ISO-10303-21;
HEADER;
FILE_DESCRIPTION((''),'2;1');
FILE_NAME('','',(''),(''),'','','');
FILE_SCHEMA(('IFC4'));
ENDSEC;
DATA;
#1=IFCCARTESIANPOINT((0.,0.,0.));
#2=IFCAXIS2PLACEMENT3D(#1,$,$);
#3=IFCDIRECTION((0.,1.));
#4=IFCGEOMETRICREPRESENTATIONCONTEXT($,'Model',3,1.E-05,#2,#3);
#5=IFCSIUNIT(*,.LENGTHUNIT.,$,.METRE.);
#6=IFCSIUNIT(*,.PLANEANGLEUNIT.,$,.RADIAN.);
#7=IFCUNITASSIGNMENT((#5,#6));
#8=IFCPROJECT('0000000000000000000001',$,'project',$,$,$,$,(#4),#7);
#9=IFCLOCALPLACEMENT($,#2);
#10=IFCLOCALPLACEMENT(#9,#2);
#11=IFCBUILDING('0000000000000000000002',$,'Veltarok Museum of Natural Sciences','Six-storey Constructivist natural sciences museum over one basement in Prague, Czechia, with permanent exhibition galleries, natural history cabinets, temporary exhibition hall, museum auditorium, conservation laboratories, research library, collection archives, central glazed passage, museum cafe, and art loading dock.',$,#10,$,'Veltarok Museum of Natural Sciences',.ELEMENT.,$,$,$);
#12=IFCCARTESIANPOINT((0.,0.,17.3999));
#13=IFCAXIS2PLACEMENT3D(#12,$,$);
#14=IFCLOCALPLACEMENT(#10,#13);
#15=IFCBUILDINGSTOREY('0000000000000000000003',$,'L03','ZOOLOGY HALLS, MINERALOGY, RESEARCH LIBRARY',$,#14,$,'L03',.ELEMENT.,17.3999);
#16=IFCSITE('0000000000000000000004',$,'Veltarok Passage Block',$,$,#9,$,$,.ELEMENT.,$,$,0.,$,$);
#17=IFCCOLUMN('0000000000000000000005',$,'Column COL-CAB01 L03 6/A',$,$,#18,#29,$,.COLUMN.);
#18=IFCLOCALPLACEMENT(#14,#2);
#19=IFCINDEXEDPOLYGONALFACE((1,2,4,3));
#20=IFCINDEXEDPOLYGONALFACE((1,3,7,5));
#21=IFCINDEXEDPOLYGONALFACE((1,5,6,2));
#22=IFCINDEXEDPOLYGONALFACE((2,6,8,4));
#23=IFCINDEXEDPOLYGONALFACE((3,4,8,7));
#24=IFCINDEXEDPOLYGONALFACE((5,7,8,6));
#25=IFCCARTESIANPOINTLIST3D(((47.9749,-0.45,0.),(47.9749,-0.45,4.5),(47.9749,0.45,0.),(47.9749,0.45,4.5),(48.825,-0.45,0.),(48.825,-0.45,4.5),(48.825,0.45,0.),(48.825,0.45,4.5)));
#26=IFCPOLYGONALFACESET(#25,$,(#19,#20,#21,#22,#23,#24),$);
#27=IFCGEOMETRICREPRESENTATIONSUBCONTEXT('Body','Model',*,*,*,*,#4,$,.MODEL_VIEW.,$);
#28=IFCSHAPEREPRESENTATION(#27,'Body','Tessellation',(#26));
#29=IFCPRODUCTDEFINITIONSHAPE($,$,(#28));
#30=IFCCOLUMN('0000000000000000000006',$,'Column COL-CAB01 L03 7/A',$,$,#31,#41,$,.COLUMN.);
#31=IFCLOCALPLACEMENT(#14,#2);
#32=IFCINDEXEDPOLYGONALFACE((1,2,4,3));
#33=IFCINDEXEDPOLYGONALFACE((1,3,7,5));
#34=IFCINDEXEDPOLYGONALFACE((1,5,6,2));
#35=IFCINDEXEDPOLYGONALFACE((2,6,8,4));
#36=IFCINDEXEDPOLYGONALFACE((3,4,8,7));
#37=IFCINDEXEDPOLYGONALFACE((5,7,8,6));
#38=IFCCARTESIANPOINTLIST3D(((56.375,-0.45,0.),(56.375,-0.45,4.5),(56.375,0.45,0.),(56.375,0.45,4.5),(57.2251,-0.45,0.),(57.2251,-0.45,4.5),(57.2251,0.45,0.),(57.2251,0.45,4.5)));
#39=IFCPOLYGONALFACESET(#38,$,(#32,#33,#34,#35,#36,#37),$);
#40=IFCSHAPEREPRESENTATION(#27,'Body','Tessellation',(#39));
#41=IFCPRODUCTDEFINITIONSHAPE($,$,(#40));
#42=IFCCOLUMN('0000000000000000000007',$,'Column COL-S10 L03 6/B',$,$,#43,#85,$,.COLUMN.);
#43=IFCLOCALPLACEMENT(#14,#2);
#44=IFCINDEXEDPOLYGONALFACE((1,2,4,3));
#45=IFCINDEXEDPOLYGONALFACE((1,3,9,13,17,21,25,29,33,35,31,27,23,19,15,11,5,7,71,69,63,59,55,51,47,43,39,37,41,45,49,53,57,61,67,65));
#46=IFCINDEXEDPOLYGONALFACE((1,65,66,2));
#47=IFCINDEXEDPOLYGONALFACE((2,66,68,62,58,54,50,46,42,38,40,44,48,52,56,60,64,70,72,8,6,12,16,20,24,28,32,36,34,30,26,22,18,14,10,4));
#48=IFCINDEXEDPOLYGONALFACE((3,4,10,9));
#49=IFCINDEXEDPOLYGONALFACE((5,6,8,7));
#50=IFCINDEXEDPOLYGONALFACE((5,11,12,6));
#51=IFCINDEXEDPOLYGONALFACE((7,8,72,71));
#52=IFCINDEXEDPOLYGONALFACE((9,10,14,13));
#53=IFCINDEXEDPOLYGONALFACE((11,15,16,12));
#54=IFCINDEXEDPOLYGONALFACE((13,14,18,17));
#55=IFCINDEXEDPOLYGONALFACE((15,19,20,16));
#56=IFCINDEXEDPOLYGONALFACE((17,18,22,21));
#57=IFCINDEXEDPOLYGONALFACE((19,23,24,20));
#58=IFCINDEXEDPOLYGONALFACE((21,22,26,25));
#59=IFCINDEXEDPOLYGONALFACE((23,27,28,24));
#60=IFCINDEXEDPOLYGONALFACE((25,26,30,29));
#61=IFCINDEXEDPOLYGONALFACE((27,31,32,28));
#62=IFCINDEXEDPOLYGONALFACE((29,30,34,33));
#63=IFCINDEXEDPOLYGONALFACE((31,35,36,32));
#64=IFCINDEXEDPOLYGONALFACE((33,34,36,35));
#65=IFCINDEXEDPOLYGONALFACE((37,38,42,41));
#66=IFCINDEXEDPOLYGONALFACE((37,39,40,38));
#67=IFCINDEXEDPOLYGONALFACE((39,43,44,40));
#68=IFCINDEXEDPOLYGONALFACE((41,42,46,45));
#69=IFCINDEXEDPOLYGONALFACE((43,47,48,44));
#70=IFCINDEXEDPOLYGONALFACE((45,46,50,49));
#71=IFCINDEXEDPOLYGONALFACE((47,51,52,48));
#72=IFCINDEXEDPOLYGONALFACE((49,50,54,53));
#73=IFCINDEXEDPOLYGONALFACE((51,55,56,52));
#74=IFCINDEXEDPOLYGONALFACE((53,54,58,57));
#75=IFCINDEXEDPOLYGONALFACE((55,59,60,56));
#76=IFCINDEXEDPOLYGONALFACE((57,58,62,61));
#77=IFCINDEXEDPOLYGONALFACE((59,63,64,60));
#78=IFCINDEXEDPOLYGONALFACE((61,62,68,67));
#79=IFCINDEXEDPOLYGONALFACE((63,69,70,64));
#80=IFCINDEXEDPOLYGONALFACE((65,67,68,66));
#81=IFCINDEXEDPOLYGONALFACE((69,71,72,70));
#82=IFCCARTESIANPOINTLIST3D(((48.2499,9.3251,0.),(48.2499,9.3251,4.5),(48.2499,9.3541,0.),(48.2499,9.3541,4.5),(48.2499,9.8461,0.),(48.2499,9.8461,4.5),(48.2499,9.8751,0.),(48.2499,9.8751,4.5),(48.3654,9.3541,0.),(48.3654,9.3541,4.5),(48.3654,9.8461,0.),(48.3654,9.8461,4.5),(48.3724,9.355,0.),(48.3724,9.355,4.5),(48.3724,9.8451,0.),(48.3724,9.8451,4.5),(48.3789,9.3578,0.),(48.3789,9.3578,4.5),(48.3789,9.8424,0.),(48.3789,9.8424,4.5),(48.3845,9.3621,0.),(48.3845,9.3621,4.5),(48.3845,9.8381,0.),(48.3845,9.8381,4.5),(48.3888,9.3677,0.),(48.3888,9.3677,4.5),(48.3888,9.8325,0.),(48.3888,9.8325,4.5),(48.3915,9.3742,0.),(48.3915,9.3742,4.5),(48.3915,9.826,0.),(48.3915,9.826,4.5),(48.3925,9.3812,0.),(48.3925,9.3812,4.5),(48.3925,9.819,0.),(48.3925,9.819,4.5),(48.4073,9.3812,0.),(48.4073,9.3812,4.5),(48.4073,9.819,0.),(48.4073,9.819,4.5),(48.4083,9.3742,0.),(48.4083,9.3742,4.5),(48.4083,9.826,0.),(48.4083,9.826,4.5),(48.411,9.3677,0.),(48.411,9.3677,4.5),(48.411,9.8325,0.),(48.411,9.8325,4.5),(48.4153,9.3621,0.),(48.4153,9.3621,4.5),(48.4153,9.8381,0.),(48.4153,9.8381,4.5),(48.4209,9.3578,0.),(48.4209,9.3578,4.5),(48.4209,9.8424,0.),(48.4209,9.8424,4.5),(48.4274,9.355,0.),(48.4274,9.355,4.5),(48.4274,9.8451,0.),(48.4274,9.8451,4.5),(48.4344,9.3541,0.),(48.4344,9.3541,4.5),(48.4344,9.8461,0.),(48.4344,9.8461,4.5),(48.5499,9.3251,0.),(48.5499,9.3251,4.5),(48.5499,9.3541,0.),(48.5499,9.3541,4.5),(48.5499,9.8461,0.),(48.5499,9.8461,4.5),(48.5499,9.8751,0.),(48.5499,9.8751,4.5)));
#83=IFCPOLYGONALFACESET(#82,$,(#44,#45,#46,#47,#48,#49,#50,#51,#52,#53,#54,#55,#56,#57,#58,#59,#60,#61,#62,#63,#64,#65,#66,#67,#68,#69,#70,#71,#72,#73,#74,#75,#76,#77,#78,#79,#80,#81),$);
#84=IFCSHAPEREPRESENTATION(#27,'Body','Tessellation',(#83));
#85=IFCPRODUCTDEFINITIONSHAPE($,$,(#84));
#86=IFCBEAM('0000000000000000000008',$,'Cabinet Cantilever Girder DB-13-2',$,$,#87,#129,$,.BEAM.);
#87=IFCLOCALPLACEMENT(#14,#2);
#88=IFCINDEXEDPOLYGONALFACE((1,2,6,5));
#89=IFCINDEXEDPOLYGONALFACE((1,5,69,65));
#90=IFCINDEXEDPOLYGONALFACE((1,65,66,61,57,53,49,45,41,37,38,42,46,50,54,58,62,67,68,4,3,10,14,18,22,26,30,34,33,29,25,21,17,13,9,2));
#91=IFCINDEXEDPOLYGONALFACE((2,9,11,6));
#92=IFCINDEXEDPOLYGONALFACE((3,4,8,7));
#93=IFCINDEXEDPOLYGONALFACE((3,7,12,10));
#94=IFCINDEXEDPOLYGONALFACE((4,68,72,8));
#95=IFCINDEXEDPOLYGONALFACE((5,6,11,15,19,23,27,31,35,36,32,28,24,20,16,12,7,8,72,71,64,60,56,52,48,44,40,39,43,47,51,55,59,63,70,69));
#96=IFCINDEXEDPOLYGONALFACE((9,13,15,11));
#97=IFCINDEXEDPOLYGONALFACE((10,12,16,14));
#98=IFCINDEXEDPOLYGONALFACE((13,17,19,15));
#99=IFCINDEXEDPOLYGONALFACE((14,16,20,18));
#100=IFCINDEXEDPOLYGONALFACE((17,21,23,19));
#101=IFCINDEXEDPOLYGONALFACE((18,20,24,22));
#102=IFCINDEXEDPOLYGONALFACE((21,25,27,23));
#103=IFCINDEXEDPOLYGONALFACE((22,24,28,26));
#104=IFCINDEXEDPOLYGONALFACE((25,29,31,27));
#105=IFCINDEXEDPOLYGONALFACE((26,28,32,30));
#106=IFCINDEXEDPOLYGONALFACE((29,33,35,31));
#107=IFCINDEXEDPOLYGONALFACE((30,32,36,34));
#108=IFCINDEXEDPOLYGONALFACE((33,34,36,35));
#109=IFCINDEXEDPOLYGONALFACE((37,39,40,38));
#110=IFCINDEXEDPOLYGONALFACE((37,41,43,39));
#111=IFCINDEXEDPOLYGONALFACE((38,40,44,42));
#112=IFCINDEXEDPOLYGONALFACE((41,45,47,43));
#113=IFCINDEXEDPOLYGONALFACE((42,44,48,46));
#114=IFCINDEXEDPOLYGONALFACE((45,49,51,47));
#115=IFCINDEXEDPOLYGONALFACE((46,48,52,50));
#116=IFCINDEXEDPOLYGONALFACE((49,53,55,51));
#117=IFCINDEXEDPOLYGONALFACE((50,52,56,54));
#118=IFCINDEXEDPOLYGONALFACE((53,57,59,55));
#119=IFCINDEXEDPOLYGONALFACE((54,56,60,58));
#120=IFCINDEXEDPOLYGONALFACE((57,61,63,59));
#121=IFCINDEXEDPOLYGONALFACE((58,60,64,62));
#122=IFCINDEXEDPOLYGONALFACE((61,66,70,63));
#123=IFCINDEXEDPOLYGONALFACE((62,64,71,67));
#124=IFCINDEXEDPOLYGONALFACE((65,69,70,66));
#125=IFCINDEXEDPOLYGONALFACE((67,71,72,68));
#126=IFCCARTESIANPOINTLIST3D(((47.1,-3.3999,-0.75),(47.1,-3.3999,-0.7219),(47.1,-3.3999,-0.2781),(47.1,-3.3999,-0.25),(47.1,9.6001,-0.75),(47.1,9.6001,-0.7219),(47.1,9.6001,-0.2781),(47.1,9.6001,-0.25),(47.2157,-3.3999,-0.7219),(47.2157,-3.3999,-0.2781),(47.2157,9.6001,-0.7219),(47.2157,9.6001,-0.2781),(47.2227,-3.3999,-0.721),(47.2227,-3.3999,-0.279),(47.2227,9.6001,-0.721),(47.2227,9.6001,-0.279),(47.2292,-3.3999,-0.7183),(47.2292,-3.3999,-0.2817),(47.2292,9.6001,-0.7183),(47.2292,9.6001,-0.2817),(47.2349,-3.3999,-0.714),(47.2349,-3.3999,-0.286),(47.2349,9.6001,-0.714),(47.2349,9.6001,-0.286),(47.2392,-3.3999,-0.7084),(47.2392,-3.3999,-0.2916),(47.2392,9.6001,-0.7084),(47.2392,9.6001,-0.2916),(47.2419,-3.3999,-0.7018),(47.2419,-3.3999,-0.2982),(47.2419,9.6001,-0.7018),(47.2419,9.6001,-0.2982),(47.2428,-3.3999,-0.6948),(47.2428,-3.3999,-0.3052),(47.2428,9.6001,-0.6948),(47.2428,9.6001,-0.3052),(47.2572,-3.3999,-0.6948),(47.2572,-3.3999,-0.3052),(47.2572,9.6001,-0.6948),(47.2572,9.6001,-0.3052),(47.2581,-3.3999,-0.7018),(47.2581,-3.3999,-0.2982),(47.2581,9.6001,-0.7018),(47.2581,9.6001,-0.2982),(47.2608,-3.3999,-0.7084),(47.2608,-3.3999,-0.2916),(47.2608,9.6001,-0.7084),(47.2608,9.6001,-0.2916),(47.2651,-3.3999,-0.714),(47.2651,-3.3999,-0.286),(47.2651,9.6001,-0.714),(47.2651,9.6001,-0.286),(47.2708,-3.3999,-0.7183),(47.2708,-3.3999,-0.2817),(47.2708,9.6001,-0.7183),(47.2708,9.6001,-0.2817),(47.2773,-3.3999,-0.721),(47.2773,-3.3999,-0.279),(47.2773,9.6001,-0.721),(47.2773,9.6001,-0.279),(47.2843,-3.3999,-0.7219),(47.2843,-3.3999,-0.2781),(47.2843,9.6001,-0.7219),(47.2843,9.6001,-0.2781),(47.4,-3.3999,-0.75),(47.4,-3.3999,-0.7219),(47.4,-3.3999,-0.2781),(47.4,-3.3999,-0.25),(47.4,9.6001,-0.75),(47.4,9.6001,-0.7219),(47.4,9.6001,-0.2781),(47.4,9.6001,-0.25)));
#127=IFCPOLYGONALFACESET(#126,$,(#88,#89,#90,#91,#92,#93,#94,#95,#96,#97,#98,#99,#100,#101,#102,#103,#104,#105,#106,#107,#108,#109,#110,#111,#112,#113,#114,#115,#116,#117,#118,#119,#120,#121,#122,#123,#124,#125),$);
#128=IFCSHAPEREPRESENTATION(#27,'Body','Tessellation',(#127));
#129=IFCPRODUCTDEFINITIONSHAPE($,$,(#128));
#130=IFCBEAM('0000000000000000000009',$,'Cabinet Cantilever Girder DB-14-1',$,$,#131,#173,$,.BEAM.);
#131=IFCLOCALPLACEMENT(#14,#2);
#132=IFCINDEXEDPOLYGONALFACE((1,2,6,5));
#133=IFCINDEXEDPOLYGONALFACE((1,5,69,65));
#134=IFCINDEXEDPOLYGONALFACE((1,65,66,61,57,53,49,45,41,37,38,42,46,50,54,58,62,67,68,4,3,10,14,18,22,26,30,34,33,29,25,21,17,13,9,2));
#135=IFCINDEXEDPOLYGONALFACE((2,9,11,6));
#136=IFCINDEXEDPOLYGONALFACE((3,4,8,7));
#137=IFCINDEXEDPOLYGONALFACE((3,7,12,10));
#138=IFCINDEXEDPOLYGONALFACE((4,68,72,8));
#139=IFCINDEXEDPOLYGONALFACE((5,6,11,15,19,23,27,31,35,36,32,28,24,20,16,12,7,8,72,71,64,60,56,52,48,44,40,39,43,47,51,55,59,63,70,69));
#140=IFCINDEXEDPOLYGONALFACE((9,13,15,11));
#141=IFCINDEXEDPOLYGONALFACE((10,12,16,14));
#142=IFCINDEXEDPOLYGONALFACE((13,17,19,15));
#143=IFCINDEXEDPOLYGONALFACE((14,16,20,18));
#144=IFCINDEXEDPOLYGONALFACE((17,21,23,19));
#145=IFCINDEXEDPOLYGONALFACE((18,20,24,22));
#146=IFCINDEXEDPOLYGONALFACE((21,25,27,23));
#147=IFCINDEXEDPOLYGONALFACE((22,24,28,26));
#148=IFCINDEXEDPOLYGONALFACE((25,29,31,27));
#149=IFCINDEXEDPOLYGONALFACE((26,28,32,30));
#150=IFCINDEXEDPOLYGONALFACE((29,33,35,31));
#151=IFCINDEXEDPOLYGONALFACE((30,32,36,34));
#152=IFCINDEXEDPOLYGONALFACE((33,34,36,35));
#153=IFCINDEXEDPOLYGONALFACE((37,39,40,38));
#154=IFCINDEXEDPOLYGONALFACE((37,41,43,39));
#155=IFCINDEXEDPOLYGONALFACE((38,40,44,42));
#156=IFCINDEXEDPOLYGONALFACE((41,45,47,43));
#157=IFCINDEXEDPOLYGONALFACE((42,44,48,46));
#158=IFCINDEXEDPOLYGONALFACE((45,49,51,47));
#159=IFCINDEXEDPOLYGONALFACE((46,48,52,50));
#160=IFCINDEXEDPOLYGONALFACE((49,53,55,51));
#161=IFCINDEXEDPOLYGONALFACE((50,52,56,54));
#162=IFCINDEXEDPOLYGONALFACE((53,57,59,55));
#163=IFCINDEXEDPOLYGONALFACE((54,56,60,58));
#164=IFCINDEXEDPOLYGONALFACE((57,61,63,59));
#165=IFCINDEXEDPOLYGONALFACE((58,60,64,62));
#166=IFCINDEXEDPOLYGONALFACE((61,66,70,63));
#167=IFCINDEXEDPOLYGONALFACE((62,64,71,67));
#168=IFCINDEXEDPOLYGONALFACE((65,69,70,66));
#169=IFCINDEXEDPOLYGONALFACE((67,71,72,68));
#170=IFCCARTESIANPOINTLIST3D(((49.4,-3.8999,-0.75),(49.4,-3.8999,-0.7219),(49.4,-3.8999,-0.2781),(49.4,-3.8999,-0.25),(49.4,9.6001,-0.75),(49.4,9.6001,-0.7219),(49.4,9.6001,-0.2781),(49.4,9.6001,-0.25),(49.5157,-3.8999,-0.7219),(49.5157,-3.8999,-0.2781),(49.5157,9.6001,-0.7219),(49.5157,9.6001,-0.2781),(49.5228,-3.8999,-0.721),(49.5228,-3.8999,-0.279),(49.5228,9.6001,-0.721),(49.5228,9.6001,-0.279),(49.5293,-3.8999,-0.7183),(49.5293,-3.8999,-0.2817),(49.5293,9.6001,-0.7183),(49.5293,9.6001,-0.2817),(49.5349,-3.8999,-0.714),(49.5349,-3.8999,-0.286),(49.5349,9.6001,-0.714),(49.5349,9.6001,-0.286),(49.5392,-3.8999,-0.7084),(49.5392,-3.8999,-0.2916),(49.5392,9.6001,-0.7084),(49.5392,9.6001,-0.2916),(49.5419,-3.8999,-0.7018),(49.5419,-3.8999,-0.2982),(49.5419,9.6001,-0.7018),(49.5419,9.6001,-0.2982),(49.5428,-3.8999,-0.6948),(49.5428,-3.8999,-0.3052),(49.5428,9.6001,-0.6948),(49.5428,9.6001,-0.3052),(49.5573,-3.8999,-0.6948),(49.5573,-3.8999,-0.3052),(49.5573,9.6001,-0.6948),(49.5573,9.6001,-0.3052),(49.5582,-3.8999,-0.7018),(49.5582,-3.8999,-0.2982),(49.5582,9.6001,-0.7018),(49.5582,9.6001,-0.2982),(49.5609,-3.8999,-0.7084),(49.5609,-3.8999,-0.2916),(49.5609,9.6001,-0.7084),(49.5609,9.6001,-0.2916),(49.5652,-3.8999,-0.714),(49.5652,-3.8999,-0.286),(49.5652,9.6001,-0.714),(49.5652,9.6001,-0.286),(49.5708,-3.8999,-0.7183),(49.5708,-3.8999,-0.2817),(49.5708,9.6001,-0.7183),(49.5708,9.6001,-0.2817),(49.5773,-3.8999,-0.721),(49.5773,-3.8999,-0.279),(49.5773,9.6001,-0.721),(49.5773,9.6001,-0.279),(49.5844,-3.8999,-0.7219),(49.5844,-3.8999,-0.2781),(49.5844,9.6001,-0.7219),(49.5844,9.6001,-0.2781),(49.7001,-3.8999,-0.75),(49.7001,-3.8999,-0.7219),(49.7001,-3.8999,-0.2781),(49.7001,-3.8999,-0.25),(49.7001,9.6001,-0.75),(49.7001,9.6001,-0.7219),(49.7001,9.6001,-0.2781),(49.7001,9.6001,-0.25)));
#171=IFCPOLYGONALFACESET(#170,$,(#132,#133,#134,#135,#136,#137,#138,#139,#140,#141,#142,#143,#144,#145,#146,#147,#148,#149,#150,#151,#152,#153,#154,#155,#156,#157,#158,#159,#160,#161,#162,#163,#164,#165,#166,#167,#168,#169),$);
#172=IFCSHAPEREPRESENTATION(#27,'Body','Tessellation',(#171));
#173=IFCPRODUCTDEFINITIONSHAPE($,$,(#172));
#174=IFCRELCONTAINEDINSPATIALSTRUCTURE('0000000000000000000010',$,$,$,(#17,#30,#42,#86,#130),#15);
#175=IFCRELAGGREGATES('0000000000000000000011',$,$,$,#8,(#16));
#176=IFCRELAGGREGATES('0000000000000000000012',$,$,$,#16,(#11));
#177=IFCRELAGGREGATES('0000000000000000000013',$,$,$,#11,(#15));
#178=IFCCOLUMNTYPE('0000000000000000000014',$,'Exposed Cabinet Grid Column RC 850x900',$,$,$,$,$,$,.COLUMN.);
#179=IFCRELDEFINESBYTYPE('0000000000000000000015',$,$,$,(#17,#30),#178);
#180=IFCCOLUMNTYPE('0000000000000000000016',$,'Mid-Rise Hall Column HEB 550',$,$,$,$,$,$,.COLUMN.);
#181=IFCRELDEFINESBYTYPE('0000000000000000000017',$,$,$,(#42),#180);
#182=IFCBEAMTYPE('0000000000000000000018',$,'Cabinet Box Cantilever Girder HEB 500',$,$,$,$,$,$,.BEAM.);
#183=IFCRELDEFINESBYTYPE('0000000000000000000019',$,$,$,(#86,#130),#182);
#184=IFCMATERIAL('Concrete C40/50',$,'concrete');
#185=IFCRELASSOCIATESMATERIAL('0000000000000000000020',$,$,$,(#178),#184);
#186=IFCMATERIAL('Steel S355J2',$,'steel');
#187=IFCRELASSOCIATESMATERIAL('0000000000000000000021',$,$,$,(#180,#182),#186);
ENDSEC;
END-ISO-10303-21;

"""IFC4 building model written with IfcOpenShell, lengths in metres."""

from ifc_helpers import new_model, si_unit, direction, frame, origin, origin_2d, place, context, subcontext, project, spatial, rectangle, i_section, extrude, material, material_profile, profile_set, type_object, element, save


model = new_model("IFC4")

# Units and contexts
model_context = context("Model", 3, precision=1e-05, world=origin(), true_north=direction((0.0, 1.0)))
body_context = subcontext(model_context, "Body", "Model", "MODEL_VIEW")
ifc_project = project(units=[si_unit("LENGTHUNIT", "METRE"), si_unit("PLANEANGLEUNIT", "RADIAN")], contexts=[model_context])

# Site, building, storey
site_placement = place(None, origin())
site = spatial("IfcSite", under=ifc_project, at=site_placement, Name="Veltarok Passage Block", CompositionType="ELEMENT", RefElevation=0.0)
building_placement = place(site_placement, origin())
building = spatial("IfcBuilding", under=site, at=building_placement, Name="Veltarok Museum of Natural Sciences", Description="Six-storey Constructivist natural sciences museum over one basement in Prague, Czechia, with permanent exhibition galleries, natural history cabinets, temporary exhibition hall, museum auditorium, conservation laboratories, research library, collection archives, central glazed passage, museum cafe, and art loading dock.", LongName="Veltarok Museum of Natural Sciences", CompositionType="ELEMENT")
storey_placement = place(building_placement, frame((0.0, 0.0, 17.3999)))
storey = spatial("IfcBuildingStorey", under=building, at=storey_placement, Name="L03", Description="ZOOLOGY HALLS, MINERALOGY, RESEARCH LIBRARY", LongName="L03", CompositionType="ELEMENT", Elevation=17.3999)

# Columns
ifc_material_1 = material(Name="Concrete C40/50", Category="concrete")
ifc_material_profile_1 = material_profile(ifc_material_1, rectangle(XDim=0.8501, YDim=0.8999, at=origin_2d()), Name="RC 850x900")
ifc_profile_set_1 = profile_set([ifc_material_profile_1], Name="Concrete C40/50")
column_type_1 = type_object("IfcColumnType", Name="Exposed Cabinet Grid Column RC 850x900", PredefinedType="COLUMN", material=ifc_profile_set_1)
for number, where, z_axis, x_axis, name in (
    (1, (48.3999, 0.0, 0.0), (0.0, 0.0, 1.0), (1.0, 0.0, 0.0), "Column COL-CAB01 L03 6/A"),
    (2, (56.8, 0.0, 0.0), (0.0, 0.0, 1.0), (1.0, 0.0, 0.0), "Column COL-CAB01 L03 7/A"),
):
    element("IfcColumn", number, at=place(storey_placement, frame(where, z_axis=z_axis, x_axis=x_axis)), inside=storey, type_object=column_type_1, Name=name, PredefinedType="COLUMN", context=body_context, shape_type="SweptSolid", body=[
        extrude(rectangle(XDim=0.8501, YDim=0.8999, at=origin_2d()), origin(), (0.0, 0.0, 1.0), 4.5),
    ])
ifc_material_2 = material(Name="Steel S355J2", Category="steel")
ifc_material_profile_2 = material_profile(ifc_material_2, i_section(OverallWidth=0.3, OverallDepth=0.55, WebThickness=0.0149, FlangeThickness=0.0291, FilletRadius=0.0271, at=origin_2d()), Name="HEB 550")
ifc_profile_set_2 = profile_set([ifc_material_profile_2], Name="Steel S355J2")
column_type_2 = type_object("IfcColumnType", Name="Mid-Rise Hall Column HEB 550", PredefinedType="COLUMN", material=ifc_profile_set_2)
column_placement = place(storey_placement, frame((48.3999, 9.6001, 0.0), z_axis=(0.0, 0.0, 1.0), x_axis=(1.0, 0.0, 0.0)))
element("IfcColumn", 3, at=column_placement, inside=storey, type_object=column_type_2, Name="Column COL-S10 L03 6/B", PredefinedType="COLUMN", context=body_context, shape_type="SweptSolid", body=[
    extrude(i_section(OverallWidth=0.3, OverallDepth=0.55, WebThickness=0.0149, FlangeThickness=0.0291, FilletRadius=0.0271, at=origin_2d()), origin(), (0.0, 0.0, 1.0), 4.5),
])

# Beams
ifc_material_profile_3 = material_profile(ifc_material_2, i_section(OverallWidth=0.3, OverallDepth=0.5, WebThickness=0.0144, FlangeThickness=0.0281, FilletRadius=0.0271, at=origin_2d()), Name="HEB 500")
ifc_profile_set_3 = profile_set([ifc_material_profile_3], Name="Steel S355J2")
beam_type_1 = type_object("IfcBeamType", Name="Cabinet Box Cantilever Girder HEB 500", PredefinedType="BEAM", material=ifc_profile_set_3)
beam_1_placement = place(storey_placement, frame((47.25, -3.3999, -0.5), z_axis=(0.0, 1.0, 0.0), x_axis=(-1.0, 0.0, 0.0)))
element("IfcBeam", 4, at=beam_1_placement, inside=storey, type_object=beam_type_1, Name="Cabinet Cantilever Girder DB-13-2", PredefinedType="BEAM", context=body_context, shape_type="SweptSolid", body=[
    extrude(i_section(OverallWidth=0.3, OverallDepth=0.5, WebThickness=0.0144, FlangeThickness=0.0281, FilletRadius=0.0271, at=origin_2d()), origin(), (0.0, 0.0, 1.0), 13.0),
])
for number, where, z_axis, x_axis, name in (
    (5, (49.55, -3.8999, -0.5), (0.0, 1.0, 0.0), (-1.0, 0.0, 0.0), "Cabinet Cantilever Girder DB-14-1"),
):
    element("IfcBeam", number, at=place(storey_placement, frame(where, z_axis=z_axis, x_axis=x_axis)), inside=storey, type_object=beam_type_1, Name=name, PredefinedType="BEAM", context=body_context, shape_type="SweptSolid", body=[
        extrude(i_section(OverallWidth=0.3, OverallDepth=0.5, WebThickness=0.0144, FlangeThickness=0.0281, FilletRadius=0.0271, at=origin_2d()), origin(), (0.0, 0.0, 1.0), 13.5),
    ])

save(model, "model.ifc")
